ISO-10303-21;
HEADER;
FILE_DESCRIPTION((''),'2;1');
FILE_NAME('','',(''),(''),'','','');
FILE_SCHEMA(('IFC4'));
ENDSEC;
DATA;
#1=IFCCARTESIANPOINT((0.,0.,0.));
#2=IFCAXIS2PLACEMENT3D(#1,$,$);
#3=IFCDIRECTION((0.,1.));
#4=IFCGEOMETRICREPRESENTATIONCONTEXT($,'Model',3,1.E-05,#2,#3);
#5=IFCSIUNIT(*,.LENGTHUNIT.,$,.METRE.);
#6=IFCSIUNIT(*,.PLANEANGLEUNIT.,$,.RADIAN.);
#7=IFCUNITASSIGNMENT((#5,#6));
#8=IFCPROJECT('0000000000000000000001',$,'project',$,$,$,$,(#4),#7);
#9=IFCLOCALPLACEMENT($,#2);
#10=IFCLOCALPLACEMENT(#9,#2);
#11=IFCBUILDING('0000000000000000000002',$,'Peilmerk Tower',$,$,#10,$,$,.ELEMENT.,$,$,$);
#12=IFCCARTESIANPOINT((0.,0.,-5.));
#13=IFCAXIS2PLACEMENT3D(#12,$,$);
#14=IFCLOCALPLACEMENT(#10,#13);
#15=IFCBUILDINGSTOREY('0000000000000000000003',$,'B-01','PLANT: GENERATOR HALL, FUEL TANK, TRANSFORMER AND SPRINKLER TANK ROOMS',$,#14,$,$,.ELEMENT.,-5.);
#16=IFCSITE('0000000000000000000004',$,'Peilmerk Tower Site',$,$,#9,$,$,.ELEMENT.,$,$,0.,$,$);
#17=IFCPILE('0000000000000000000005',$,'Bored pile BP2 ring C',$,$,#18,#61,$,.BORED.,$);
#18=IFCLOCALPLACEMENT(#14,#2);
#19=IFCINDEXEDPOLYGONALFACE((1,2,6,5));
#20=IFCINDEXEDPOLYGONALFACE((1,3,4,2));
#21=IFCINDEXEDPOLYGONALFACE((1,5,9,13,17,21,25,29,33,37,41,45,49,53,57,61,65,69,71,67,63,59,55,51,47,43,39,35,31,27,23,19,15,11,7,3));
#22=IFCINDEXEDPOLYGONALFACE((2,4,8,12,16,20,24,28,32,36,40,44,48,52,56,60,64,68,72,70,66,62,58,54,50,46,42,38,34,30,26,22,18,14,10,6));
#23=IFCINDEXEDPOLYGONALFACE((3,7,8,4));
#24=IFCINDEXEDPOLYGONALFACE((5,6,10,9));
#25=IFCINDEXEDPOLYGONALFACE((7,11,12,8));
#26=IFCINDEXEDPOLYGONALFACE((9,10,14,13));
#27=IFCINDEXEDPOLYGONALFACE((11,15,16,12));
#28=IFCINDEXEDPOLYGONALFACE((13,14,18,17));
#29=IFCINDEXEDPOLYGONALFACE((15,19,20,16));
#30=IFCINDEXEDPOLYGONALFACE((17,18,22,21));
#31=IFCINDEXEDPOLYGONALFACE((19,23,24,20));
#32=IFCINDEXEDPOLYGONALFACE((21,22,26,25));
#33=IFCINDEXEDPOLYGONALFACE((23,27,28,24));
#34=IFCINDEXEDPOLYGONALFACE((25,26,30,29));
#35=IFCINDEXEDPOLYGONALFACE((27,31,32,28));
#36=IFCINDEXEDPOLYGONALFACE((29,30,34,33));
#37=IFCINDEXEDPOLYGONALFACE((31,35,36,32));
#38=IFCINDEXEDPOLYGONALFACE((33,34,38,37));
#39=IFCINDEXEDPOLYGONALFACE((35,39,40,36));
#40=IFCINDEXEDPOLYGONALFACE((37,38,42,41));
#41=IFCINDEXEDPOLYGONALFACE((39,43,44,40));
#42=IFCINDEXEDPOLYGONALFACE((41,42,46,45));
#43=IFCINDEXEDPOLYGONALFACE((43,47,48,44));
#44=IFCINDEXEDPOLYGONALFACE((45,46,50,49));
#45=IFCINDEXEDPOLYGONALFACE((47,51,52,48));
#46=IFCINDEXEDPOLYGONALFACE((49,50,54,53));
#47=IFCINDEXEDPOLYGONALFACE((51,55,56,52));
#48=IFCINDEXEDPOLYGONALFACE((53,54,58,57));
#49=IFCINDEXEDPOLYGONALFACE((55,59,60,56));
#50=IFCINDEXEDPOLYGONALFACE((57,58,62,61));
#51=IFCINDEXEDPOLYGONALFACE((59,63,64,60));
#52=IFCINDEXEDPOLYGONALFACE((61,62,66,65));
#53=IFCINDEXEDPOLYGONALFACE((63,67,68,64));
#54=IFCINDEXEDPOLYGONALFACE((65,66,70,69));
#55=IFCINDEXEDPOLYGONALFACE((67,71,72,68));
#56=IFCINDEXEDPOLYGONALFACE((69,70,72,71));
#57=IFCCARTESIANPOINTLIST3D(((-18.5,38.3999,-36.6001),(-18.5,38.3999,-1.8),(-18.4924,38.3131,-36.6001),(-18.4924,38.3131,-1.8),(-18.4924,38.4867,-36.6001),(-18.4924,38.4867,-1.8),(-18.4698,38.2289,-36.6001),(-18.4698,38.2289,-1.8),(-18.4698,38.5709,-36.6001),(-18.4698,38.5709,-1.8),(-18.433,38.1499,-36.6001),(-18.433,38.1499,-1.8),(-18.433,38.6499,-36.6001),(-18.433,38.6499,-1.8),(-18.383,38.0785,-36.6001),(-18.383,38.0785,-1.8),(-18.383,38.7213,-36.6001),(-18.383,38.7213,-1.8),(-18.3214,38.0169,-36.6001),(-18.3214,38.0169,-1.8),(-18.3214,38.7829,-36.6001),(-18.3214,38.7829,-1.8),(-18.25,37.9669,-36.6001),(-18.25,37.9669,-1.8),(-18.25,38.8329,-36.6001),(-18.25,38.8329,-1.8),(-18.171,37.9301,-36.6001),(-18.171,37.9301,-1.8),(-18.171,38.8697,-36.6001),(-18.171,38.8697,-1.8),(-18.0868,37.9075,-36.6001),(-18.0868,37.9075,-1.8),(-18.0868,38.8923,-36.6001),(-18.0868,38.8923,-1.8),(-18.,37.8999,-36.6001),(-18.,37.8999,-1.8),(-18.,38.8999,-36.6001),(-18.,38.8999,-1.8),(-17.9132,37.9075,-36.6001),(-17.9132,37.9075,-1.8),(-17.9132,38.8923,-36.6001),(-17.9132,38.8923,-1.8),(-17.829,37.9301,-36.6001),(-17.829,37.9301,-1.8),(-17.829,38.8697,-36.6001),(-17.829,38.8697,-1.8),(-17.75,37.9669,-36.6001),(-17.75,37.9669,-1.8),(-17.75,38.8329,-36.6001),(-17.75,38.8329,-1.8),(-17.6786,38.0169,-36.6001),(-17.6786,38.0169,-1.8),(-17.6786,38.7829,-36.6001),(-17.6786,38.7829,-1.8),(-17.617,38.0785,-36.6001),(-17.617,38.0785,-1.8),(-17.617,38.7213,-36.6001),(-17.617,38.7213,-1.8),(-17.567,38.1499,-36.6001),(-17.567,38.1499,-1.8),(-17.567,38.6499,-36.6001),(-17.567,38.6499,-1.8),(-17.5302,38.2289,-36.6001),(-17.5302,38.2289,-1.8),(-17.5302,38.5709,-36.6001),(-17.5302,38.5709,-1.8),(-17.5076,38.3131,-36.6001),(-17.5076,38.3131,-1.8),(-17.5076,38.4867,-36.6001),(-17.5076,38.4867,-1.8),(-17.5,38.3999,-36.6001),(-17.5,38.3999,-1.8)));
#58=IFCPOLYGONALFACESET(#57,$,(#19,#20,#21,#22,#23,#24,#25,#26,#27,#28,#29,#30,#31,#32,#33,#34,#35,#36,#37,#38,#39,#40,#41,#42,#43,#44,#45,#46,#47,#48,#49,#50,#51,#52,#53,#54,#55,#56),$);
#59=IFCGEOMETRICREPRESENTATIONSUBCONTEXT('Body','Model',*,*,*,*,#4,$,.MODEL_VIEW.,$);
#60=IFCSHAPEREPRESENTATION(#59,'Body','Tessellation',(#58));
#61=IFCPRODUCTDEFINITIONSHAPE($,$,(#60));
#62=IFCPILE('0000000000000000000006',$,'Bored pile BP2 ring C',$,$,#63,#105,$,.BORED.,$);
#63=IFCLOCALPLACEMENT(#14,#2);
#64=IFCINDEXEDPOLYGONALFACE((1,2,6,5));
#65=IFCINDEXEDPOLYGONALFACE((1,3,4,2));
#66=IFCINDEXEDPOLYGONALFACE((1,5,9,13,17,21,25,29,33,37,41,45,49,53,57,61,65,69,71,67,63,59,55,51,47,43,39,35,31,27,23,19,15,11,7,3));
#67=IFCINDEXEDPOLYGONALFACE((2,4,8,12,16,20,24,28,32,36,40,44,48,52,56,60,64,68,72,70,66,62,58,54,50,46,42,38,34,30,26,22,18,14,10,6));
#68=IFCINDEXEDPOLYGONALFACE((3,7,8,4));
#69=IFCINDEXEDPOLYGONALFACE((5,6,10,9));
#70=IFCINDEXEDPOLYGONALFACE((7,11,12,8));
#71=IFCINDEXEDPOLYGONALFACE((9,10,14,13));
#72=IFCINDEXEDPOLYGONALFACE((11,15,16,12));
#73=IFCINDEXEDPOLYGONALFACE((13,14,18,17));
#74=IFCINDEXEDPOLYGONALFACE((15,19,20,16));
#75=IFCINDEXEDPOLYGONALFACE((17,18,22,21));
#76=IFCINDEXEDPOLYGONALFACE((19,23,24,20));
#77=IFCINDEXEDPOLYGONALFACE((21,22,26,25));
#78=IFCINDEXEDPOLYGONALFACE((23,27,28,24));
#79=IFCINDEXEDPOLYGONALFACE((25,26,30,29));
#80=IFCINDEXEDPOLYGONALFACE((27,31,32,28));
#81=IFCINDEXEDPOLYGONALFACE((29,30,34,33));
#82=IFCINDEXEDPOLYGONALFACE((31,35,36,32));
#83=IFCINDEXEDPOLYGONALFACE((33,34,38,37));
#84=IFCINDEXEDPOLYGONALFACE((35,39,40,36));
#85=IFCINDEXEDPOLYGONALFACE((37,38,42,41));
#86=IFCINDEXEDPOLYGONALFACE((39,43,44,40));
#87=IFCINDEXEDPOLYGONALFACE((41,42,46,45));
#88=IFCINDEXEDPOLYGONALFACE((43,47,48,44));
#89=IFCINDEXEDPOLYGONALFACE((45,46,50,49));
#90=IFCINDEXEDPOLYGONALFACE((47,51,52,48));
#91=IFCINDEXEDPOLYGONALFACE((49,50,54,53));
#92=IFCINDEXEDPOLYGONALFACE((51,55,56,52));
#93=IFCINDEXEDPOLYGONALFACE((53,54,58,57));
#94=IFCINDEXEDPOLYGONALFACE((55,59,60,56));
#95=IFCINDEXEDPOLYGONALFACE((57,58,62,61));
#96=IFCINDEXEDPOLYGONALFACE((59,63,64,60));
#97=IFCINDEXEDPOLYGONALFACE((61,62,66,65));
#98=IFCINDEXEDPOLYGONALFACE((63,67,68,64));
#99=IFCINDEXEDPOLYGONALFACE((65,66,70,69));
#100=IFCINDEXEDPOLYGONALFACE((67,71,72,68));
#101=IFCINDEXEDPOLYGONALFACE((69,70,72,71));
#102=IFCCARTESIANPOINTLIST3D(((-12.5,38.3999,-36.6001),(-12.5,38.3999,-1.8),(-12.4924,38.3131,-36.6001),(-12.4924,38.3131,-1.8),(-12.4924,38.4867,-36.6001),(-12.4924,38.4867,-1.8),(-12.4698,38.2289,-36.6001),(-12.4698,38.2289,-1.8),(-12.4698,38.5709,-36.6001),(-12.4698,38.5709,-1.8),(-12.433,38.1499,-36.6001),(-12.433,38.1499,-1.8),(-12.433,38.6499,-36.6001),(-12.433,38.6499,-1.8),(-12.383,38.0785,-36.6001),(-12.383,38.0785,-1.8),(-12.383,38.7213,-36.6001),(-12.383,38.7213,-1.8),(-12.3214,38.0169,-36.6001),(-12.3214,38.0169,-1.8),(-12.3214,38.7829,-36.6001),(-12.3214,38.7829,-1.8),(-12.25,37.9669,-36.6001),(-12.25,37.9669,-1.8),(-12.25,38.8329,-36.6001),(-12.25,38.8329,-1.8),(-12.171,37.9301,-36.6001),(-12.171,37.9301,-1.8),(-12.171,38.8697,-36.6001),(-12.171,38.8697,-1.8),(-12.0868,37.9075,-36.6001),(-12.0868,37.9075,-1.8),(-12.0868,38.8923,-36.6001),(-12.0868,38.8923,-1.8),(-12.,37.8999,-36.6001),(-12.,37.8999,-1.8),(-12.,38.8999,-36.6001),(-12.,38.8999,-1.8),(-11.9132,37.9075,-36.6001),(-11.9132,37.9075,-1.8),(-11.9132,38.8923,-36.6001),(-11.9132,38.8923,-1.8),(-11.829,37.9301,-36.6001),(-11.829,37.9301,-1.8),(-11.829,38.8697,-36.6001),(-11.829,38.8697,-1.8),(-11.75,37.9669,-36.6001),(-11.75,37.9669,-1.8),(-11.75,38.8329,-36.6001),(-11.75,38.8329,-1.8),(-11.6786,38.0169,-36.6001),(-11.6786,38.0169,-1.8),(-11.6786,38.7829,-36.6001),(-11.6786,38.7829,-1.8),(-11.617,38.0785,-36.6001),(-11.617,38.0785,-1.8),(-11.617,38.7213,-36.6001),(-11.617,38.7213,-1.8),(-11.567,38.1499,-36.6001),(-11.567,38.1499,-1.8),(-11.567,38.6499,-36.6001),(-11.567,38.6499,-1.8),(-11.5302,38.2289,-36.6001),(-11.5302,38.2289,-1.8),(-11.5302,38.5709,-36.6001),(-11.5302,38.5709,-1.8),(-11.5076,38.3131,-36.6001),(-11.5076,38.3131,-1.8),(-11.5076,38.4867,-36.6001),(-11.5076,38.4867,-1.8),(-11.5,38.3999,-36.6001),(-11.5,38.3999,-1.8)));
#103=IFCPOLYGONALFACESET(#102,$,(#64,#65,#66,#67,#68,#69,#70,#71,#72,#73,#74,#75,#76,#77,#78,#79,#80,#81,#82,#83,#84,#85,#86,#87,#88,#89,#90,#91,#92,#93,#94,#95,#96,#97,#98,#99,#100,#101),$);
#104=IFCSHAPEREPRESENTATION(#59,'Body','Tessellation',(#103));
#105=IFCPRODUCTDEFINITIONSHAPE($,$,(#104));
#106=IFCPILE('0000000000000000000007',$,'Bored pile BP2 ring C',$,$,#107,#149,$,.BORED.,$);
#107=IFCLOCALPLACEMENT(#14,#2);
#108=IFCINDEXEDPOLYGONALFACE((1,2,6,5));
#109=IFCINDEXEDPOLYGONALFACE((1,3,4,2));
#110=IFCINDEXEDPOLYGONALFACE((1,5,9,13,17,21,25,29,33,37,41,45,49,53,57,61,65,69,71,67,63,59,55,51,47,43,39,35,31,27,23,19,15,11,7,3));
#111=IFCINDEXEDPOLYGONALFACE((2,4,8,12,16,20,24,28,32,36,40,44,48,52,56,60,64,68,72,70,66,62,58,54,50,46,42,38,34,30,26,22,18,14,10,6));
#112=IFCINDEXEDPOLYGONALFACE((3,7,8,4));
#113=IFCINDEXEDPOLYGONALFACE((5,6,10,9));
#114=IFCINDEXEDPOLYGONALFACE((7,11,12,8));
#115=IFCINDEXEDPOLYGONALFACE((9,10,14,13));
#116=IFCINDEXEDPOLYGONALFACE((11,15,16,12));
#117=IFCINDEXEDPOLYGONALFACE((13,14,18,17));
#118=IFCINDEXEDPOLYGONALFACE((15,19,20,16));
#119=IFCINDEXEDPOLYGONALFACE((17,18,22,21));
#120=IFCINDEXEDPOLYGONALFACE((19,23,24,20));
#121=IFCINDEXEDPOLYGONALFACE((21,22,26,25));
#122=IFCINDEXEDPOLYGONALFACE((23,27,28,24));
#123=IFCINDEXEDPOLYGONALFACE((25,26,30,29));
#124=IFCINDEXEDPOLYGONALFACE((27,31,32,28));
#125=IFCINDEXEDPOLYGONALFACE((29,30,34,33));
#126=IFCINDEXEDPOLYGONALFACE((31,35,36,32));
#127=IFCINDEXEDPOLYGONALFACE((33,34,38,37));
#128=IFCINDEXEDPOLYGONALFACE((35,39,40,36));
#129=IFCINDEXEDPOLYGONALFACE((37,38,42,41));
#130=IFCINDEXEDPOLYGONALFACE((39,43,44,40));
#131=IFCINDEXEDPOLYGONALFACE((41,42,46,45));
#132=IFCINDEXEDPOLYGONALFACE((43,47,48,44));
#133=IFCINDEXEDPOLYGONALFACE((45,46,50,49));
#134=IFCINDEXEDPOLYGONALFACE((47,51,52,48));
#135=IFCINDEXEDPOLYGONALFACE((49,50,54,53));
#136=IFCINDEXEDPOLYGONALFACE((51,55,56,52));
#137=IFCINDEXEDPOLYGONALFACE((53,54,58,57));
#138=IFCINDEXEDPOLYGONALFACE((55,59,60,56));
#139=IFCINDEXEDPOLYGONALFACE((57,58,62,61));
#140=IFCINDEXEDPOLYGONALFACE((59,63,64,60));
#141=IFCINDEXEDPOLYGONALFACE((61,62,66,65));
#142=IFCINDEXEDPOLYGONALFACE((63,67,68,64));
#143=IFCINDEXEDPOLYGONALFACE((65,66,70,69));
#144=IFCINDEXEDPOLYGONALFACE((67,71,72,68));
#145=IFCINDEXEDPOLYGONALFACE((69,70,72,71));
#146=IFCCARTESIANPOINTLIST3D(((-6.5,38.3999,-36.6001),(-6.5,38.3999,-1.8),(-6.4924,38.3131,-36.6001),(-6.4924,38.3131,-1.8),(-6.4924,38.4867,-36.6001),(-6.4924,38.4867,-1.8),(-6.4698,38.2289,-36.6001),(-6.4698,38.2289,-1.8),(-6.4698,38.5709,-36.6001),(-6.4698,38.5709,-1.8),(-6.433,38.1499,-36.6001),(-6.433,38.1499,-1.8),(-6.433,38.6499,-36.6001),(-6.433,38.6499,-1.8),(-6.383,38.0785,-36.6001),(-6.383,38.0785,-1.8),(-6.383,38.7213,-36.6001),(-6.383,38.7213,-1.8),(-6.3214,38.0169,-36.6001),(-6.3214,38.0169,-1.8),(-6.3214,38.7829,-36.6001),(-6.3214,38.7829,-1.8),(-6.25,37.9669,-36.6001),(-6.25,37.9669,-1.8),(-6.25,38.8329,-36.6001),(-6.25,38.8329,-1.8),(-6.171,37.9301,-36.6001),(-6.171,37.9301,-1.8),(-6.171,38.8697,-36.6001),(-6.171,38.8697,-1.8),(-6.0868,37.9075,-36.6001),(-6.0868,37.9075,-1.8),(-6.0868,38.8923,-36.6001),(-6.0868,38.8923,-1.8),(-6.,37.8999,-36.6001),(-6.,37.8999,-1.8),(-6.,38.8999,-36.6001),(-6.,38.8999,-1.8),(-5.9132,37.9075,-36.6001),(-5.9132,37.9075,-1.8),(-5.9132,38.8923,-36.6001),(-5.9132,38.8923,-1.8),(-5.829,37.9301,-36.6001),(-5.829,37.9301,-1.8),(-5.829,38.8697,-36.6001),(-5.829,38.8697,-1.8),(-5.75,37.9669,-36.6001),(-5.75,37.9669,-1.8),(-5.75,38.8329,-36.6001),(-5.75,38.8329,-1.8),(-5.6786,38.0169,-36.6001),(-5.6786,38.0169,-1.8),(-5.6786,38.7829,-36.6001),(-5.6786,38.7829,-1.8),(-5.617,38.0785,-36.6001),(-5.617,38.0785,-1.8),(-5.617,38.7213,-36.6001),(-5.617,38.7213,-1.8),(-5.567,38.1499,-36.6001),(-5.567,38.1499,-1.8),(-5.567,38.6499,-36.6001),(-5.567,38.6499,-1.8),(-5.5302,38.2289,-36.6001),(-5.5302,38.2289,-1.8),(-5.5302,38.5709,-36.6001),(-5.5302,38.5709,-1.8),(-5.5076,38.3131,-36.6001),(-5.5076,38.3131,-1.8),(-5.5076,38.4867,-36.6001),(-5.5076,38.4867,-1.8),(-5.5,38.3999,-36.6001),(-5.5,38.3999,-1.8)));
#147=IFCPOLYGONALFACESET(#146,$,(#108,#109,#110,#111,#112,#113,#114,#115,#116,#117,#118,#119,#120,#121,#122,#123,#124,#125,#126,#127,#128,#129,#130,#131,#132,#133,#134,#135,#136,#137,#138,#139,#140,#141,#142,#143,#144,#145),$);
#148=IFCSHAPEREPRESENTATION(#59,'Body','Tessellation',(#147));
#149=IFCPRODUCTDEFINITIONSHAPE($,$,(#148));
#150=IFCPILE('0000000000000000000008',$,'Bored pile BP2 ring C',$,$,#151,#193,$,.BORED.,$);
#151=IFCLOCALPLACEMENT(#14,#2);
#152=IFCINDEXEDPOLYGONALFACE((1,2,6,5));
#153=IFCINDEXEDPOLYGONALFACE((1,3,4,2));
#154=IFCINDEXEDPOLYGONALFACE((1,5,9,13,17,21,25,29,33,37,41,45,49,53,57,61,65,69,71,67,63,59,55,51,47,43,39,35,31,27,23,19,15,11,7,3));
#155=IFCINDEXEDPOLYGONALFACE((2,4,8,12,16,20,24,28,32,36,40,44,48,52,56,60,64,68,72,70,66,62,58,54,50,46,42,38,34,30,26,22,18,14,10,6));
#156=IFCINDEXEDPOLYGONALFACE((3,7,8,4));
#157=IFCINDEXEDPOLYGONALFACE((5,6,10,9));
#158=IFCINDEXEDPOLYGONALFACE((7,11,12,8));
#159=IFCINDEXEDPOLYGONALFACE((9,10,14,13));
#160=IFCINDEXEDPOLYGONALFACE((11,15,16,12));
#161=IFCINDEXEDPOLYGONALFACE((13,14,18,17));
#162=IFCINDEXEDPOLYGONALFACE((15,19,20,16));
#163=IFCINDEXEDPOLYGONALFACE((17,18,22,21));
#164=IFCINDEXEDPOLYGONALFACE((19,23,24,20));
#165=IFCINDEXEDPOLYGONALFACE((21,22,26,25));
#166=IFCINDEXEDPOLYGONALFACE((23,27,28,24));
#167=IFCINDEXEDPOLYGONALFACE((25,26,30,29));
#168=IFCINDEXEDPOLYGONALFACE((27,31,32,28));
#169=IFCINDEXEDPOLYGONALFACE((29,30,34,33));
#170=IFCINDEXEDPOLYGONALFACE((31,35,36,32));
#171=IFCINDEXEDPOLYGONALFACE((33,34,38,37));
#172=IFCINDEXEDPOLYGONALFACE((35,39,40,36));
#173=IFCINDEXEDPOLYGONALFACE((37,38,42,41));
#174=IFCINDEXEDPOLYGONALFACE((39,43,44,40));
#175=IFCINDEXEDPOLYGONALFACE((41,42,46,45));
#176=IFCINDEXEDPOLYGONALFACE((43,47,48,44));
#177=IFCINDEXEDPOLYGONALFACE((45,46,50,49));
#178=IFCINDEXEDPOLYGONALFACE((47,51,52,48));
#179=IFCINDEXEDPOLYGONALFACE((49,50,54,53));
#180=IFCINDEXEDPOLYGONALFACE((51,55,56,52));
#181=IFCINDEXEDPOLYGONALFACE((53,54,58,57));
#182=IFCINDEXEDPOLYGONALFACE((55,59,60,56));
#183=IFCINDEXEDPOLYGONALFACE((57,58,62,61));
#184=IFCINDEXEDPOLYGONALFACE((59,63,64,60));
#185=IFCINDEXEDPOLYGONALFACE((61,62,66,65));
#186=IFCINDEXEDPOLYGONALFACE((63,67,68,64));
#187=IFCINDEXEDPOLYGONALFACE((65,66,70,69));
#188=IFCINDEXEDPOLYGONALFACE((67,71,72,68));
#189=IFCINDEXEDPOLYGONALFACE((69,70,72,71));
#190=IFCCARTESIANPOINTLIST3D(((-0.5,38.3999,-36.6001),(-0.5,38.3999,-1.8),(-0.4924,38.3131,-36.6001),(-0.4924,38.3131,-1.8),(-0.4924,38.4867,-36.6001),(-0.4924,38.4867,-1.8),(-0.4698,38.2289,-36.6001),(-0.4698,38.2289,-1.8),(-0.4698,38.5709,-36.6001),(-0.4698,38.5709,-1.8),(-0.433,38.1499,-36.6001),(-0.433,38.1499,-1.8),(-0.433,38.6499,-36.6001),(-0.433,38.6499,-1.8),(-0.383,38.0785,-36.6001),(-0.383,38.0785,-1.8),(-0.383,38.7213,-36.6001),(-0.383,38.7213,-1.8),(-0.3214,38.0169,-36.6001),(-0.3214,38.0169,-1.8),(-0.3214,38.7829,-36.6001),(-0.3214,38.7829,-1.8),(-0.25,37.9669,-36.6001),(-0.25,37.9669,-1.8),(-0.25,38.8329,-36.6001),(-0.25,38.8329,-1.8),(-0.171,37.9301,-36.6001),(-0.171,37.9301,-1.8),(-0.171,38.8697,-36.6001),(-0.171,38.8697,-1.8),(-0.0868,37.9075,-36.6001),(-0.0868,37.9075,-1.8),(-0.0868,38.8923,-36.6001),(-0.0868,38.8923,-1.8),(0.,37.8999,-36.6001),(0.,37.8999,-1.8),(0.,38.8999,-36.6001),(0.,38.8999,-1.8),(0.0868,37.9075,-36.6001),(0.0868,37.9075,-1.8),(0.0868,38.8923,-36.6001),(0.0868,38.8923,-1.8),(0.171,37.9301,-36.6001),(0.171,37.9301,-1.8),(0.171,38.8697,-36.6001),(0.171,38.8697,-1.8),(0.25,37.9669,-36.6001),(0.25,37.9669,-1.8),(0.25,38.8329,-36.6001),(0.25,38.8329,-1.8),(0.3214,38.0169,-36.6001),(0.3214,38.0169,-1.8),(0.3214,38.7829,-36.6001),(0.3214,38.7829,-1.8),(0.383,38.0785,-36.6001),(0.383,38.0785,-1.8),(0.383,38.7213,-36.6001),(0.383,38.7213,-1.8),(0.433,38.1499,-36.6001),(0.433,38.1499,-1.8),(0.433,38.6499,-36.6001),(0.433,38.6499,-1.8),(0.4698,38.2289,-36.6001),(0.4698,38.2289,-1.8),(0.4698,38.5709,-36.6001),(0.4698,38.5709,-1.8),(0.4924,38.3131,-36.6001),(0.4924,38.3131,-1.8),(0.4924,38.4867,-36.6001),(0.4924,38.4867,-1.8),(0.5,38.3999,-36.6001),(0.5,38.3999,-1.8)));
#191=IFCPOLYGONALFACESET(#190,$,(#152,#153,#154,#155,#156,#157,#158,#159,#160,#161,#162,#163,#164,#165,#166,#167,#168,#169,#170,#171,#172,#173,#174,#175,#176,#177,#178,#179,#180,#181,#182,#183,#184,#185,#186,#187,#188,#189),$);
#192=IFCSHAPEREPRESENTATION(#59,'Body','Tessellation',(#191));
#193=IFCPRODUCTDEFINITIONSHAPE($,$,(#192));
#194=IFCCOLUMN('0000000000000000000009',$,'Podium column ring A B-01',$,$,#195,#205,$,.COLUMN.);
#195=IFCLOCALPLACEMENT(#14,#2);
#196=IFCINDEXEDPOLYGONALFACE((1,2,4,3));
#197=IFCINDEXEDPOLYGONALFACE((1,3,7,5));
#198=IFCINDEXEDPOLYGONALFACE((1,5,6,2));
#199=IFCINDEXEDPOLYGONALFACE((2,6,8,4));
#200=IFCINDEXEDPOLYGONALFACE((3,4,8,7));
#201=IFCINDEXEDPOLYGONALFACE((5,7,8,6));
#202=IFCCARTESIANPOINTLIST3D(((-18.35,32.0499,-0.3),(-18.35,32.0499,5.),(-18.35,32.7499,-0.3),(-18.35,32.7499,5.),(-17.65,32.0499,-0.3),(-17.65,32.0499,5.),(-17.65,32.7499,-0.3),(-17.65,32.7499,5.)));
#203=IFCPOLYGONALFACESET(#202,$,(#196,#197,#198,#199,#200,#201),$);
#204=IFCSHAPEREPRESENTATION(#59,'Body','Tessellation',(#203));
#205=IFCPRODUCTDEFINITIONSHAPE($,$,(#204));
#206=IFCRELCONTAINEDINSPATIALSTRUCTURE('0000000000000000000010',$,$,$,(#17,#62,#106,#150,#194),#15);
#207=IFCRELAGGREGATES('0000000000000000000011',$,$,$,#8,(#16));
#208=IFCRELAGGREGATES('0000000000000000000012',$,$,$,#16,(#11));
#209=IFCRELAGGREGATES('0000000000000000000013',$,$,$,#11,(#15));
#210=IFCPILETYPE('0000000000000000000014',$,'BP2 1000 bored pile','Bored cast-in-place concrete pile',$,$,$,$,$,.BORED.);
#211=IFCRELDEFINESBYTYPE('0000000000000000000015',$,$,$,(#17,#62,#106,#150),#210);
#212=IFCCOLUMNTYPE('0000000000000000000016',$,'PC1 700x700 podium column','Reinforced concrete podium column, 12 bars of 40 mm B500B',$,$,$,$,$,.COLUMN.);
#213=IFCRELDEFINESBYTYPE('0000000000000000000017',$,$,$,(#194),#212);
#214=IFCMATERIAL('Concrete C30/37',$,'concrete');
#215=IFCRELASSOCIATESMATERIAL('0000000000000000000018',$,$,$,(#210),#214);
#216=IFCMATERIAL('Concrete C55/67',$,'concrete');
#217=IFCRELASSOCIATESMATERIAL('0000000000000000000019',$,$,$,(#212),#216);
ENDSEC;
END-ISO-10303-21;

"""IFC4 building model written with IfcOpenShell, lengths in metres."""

from ifc_helpers import new_model, si_unit, direction, frame, origin, origin_2d, place, context, subcontext, project, spatial, rectangle, circle, extrude, material, material_profile, profile_set, type_object, element, save


model = new_model("IFC4")

# Units and contexts
model_context = context("Model", 3, precision=1e-05, world=origin(), true_north=direction((0.0, 1.0)))
body_context = subcontext(model_context, "Body", "Model", "MODEL_VIEW")
ifc_project = project(units=[si_unit("LENGTHUNIT", "METRE"), si_unit("PLANEANGLEUNIT", "RADIAN")], contexts=[model_context])

# Site, building, storey
site_placement = place(None, origin())
site = spatial("IfcSite", under=ifc_project, at=site_placement, Name="Peilmerk Tower Site", CompositionType="ELEMENT", RefElevation=0.0)
building_placement = place(site_placement, origin())
building = spatial("IfcBuilding", under=site, at=building_placement, Name="Peilmerk Tower", CompositionType="ELEMENT")
storey_placement = place(building_placement, frame((0.0, 0.0, -5.0)))
storey = spatial("IfcBuildingStorey", under=building, at=storey_placement, Name="B-01", Description="PLANT: GENERATOR HALL, FUEL TANK, TRANSFORMER AND SPRINKLER TANK ROOMS", CompositionType="ELEMENT", Elevation=-5.0)

# Piles
ifc_material_1 = material(Name="Concrete C30/37", Category="concrete")
ifc_material_profile_1 = material_profile(ifc_material_1, circle(Radius=0.5, at=origin_2d()), Name="BP 1000")
ifc_profile_set_1 = profile_set([ifc_material_profile_1], Name="Concrete C30/37")
pile_type = type_object("IfcPileType", Name="BP2 1000 bored pile", Description="Bored cast-in-place concrete pile", PredefinedType="BORED", material=ifc_profile_set_1)
for number, where, z_axis, x_axis, name in (
    (1, (-18.0, 38.3999, -1.8), (0.0, 0.0, -1.0), (1.0, 0.0, 0.0), "Bored pile BP2 ring C"),
    (2, (-12.0, 38.3999, -1.8), (0.0, 0.0, -1.0), (1.0, 0.0, 0.0), "Bored pile BP2 ring C"),
    (3, (-6.0, 38.3999, -1.8), (0.0, 0.0, -1.0), (1.0, 0.0, 0.0), "Bored pile BP2 ring C"),
    (4, (0.0, 38.3999, -1.8), (0.0, 0.0, -1.0), (1.0, 0.0, 0.0), "Bored pile BP2 ring C"),
):
    element("IfcPile", number, at=place(storey_placement, frame(where, z_axis=z_axis, x_axis=x_axis)), inside=storey, type_object=pile_type, Name=name, PredefinedType="BORED", context=body_context, shape_type="SweptSolid", body=[
        extrude(circle(Radius=0.5, at=origin_2d()), origin(), (0.0, 0.0, 1.0), 34.8),
    ])

# Column
ifc_material_2 = material(Name="Concrete C55/67", Category="concrete")
ifc_material_profile_2 = material_profile(ifc_material_2, rectangle(XDim=0.7, YDim=0.7, at=origin_2d()), Name="RC 700x700")
ifc_profile_set_2 = profile_set([ifc_material_profile_2], Name="Concrete C55/67")
column_type_1 = type_object("IfcColumnType", Name="PC1 700x700 podium column", Description="Reinforced concrete podium column, 12 bars of 40 mm B500B", PredefinedType="COLUMN", material=ifc_profile_set_2)
for number, where, z_axis, x_axis, name in (
    (5, (-18.0, 32.3999, -0.3), (0.0, 0.0, 1.0), (1.0, 0.0, 0.0), "Podium column ring A B-01"),
):
    element("IfcColumn", number, at=place(storey_placement, frame(where, z_axis=z_axis, x_axis=x_axis)), inside=storey, type_object=column_type_1, Name=name, PredefinedType="COLUMN", context=body_context, shape_type="SweptSolid", body=[
        extrude(rectangle(XDim=0.7, YDim=0.7, at=origin_2d()), origin(), (0.0, 0.0, 1.0), 5.3),
    ])

save(model, "model.ifc")
